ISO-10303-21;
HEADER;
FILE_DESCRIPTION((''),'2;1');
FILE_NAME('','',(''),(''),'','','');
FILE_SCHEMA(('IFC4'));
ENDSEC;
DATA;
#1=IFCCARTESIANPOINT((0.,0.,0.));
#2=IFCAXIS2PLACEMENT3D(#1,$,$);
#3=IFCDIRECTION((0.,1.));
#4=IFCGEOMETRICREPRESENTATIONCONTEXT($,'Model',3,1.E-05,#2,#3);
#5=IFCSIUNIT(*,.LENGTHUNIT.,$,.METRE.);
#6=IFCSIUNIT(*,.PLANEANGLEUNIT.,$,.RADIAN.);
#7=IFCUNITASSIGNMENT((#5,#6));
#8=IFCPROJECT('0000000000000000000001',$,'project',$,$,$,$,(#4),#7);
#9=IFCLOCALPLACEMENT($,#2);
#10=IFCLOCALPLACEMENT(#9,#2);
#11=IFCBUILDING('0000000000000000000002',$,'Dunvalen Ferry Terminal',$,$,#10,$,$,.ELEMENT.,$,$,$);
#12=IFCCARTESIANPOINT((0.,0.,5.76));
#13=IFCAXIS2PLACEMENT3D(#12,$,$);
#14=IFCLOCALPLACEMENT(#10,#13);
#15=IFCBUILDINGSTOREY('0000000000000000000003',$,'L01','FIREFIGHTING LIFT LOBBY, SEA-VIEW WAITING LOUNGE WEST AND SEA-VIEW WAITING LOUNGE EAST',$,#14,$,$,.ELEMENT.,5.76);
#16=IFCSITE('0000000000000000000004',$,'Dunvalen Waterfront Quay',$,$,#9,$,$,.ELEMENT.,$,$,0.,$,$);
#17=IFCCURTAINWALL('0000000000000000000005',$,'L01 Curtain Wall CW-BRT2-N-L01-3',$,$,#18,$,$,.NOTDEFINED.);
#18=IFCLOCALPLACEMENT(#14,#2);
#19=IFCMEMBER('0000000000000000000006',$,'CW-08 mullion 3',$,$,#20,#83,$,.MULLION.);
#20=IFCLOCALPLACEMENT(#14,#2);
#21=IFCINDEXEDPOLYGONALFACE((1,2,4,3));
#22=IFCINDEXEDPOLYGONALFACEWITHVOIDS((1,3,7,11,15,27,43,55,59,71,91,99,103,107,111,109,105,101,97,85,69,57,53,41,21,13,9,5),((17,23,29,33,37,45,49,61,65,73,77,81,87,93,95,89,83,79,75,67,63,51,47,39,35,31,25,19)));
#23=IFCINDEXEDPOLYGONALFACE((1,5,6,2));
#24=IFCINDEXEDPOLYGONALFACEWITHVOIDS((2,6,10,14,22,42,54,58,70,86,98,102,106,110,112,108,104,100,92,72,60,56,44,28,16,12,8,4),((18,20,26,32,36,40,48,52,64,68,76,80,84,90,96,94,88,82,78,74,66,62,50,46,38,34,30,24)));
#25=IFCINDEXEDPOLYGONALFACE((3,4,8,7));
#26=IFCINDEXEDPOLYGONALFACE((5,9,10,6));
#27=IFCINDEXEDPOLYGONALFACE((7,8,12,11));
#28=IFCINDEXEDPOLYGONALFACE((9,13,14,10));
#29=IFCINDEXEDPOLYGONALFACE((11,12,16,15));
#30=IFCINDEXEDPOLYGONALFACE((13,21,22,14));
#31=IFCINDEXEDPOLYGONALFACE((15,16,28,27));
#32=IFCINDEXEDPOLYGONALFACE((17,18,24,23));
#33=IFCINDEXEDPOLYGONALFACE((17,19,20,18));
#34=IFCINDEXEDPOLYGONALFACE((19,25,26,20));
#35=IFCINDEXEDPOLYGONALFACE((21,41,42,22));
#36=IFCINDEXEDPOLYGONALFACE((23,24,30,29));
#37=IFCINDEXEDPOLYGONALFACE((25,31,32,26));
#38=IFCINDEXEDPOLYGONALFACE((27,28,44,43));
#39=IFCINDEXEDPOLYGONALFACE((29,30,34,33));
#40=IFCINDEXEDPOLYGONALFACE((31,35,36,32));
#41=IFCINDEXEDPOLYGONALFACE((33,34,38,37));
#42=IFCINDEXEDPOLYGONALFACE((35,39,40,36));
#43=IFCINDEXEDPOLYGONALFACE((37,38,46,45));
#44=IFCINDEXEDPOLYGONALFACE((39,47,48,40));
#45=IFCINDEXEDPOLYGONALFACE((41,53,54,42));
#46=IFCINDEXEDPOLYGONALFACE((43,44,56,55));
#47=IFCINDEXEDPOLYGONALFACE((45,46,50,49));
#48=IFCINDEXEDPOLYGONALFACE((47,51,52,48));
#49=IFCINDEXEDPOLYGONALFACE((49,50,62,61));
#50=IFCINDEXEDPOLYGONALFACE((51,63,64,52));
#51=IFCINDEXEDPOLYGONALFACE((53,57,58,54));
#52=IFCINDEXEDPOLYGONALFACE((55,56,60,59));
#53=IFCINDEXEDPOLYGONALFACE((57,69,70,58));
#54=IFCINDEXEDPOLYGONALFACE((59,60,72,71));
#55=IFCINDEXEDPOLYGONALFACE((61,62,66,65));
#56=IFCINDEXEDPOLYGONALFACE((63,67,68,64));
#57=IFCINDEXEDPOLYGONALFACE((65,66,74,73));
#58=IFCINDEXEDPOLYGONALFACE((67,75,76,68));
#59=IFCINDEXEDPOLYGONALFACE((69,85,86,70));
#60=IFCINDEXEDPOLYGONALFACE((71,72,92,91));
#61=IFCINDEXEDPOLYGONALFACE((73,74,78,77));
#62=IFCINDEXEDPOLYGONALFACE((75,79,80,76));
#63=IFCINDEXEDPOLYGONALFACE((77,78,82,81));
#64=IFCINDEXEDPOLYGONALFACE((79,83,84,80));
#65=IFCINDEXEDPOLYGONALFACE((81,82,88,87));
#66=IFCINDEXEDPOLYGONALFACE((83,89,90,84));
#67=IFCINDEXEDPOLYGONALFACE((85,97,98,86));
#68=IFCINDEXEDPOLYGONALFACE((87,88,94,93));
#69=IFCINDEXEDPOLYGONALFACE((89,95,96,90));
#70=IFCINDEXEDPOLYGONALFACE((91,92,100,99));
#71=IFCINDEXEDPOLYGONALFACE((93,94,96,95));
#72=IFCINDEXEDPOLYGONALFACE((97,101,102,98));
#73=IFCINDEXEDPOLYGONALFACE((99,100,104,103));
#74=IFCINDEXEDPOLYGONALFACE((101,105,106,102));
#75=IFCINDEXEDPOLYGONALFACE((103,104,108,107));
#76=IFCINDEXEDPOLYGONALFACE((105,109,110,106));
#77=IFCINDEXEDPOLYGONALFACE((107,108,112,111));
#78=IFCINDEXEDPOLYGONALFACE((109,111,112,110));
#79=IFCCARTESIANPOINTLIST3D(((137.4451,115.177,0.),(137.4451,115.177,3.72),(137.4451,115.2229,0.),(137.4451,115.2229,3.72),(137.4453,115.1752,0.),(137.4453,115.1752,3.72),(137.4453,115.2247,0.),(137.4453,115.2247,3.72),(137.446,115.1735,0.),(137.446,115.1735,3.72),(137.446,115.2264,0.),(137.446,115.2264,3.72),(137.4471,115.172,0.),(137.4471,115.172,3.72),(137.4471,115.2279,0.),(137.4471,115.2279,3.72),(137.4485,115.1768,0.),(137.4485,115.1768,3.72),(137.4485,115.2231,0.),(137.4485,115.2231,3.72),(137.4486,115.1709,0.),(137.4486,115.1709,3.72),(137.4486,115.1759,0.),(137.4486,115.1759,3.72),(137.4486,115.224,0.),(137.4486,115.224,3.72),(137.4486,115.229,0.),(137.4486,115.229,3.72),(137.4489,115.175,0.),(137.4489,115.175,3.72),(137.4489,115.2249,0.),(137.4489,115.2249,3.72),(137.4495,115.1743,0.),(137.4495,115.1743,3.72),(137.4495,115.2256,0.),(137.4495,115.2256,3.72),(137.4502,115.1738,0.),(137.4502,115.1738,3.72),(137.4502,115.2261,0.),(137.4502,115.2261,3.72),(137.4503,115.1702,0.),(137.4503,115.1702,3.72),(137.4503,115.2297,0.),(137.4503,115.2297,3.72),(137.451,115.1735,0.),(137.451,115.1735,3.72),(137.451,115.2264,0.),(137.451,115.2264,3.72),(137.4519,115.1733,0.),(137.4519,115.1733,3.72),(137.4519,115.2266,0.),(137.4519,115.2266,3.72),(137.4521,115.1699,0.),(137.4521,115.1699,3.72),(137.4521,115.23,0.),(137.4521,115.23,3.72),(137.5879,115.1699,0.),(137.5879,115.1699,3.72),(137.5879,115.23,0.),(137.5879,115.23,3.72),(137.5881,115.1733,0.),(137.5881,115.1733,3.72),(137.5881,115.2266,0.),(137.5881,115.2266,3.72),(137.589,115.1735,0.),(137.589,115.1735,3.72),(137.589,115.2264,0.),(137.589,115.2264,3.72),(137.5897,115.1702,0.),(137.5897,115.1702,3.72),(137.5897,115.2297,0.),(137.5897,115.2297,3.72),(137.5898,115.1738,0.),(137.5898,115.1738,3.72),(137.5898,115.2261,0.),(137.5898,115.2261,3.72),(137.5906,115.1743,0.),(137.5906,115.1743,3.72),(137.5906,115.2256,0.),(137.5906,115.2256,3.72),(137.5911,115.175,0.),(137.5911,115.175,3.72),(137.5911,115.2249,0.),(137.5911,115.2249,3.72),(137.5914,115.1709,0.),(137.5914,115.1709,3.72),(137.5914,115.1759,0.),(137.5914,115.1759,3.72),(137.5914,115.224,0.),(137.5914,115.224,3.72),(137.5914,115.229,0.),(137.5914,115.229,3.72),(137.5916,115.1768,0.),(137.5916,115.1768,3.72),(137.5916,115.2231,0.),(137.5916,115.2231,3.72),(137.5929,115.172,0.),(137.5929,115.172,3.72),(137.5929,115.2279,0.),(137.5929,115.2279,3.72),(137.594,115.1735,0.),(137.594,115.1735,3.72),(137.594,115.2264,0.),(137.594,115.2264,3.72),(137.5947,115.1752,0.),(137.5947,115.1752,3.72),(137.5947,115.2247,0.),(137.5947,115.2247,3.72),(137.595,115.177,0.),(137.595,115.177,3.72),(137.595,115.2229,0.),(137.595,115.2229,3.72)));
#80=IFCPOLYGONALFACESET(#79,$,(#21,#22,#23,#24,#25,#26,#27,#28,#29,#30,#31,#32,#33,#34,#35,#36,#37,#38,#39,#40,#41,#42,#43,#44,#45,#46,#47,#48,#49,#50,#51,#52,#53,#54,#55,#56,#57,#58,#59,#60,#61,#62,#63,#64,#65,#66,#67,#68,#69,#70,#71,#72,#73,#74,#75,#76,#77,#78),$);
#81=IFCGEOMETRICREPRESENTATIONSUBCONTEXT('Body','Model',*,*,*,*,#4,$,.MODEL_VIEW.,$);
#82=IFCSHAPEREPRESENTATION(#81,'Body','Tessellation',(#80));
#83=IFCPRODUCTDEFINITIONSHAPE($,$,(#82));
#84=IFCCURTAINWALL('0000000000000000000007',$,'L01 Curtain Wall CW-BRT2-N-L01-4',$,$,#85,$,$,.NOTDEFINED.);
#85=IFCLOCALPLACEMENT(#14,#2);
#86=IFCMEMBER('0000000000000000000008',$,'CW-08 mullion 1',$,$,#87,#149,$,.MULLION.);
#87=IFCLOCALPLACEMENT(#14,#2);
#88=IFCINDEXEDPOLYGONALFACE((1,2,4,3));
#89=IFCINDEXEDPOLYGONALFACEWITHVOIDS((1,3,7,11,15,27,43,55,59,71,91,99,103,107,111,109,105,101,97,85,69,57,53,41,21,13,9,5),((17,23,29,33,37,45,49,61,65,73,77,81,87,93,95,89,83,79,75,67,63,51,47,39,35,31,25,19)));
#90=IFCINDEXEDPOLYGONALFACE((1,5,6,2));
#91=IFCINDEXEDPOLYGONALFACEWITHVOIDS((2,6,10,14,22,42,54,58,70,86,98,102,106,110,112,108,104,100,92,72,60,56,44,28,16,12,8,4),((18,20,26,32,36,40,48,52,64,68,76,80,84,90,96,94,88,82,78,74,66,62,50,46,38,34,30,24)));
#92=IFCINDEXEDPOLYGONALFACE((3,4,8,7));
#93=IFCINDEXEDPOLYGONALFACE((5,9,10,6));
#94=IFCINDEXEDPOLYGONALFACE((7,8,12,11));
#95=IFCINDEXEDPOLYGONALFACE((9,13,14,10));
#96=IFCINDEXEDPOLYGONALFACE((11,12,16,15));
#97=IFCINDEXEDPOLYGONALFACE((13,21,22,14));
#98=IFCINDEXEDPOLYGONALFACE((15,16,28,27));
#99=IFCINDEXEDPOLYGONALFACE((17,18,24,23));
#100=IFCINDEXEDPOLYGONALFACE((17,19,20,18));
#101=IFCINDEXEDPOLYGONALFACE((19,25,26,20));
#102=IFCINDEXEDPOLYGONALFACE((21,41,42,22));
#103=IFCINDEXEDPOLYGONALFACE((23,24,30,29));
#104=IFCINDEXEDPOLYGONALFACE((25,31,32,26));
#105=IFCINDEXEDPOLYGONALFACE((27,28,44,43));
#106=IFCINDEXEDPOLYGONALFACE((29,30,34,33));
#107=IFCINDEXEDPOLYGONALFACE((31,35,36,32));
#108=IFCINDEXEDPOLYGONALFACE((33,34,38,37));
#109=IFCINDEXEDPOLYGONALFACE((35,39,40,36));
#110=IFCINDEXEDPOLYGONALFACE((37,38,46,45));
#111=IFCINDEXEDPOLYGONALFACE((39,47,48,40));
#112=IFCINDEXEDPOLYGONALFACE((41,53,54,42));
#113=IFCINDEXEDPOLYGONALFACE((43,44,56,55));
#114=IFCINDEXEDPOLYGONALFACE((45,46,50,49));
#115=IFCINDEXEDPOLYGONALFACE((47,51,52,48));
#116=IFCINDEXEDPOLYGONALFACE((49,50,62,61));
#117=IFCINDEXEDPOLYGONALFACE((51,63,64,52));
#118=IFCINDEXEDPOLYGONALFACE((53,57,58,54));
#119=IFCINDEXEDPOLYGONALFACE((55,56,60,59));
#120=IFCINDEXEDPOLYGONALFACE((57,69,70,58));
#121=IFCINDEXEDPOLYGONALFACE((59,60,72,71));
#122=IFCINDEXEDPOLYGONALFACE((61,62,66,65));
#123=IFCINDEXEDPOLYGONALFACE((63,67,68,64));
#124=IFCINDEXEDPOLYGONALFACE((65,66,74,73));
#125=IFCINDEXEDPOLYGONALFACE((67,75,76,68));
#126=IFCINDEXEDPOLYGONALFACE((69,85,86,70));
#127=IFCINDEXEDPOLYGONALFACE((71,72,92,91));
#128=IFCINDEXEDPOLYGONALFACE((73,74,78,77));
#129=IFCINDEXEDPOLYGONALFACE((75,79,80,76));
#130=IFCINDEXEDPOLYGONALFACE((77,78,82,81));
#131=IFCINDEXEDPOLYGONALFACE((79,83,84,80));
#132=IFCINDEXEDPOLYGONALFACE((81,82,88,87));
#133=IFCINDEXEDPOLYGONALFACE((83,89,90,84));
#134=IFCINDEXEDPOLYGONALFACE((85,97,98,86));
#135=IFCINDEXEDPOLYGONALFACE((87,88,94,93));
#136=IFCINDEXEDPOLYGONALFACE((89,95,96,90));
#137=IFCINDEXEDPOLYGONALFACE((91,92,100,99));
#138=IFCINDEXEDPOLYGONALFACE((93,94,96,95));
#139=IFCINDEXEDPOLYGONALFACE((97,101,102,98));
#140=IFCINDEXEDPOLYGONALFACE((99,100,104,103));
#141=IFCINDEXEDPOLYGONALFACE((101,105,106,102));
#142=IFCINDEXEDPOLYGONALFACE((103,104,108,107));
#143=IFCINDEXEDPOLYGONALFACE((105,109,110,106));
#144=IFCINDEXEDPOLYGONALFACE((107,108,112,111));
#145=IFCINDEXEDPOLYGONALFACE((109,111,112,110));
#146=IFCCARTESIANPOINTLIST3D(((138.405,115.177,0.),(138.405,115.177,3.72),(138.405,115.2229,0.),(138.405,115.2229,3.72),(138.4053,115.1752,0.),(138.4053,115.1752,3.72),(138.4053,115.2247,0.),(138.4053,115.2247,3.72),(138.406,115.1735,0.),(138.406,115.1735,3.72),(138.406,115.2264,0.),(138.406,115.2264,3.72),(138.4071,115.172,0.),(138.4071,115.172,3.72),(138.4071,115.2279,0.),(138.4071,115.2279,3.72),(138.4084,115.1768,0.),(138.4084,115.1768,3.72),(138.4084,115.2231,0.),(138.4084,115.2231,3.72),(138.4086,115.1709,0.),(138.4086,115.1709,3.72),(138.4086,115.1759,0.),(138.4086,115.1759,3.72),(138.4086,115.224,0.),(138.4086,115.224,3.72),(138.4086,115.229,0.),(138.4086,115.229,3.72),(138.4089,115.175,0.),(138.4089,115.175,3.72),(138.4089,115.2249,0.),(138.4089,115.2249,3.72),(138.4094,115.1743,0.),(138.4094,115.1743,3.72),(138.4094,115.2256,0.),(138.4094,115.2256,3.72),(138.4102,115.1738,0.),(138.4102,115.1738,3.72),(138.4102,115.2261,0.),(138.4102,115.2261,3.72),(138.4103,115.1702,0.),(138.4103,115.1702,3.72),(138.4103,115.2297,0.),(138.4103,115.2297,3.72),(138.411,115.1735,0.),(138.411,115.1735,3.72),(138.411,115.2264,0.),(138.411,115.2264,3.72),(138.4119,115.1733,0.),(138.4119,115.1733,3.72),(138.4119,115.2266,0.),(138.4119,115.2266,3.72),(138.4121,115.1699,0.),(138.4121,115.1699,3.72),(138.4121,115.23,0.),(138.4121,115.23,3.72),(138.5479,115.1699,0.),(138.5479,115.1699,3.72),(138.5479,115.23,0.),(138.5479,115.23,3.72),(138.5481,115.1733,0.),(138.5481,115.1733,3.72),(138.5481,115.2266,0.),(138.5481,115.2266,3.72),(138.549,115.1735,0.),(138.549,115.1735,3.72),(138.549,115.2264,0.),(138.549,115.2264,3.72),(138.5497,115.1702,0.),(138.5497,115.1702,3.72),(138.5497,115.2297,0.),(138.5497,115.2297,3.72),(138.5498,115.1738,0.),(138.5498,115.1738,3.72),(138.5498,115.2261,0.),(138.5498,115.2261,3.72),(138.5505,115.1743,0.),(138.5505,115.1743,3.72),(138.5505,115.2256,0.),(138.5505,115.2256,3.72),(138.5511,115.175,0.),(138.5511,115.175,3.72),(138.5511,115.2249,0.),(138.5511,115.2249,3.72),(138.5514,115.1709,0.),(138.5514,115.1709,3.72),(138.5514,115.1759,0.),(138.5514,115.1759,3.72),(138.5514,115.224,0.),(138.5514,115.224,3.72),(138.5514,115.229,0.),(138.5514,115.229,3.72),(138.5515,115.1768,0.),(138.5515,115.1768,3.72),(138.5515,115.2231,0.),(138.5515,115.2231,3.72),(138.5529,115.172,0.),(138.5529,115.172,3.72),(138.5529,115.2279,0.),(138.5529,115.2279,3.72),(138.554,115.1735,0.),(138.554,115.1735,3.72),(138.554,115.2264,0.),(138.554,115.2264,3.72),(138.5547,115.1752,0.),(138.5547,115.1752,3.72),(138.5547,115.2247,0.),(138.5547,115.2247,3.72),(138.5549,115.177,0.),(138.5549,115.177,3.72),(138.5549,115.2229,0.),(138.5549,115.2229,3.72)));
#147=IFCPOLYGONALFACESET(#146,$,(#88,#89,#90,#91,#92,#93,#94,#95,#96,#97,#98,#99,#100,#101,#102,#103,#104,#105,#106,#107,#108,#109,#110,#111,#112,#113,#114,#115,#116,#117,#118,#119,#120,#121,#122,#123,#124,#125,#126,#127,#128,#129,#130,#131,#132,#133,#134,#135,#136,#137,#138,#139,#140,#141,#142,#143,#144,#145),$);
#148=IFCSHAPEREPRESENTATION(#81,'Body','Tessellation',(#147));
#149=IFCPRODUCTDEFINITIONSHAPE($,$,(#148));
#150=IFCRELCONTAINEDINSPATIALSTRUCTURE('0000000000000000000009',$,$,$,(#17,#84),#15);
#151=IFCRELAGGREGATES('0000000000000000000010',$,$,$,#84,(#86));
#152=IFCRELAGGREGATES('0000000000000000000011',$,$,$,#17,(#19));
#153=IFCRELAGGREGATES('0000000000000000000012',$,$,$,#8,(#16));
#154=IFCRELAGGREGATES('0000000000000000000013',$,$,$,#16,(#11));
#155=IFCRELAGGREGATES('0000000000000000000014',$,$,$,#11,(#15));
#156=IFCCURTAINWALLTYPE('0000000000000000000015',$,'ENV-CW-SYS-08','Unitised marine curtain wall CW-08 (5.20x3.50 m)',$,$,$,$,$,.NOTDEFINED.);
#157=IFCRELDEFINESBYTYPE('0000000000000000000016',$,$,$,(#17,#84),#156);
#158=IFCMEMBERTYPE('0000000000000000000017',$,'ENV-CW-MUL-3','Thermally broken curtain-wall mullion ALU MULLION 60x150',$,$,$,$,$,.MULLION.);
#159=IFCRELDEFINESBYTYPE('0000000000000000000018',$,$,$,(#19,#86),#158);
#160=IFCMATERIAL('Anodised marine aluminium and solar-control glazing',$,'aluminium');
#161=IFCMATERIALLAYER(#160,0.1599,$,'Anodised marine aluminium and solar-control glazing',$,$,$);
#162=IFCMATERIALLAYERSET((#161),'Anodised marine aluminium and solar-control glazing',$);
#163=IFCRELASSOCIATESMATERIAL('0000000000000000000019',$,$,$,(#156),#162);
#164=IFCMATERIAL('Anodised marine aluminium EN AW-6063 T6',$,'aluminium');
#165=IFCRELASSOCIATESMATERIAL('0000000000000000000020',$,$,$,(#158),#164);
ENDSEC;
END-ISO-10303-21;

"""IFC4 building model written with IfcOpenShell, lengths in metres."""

from ifc_helpers import new_model, si_unit, direction, frame, origin, origin_2d, place, context, subcontext, project, spatial, hollow_rectangle, extrude, material, layer, layer_set, material_profile, profile_set, type_object, element, aggregate, save


model = new_model("IFC4")

# Units and contexts
model_context = context("Model", 3, precision=1e-05, world=origin(), true_north=direction((0.0, 1.0)))
body_context = subcontext(model_context, "Body", "Model", "MODEL_VIEW")
ifc_project = project(units=[si_unit("LENGTHUNIT", "METRE"), si_unit("PLANEANGLEUNIT", "RADIAN")], contexts=[model_context])

# Site, building, storey
site_placement = place(None, origin())
site = spatial("IfcSite", under=ifc_project, at=site_placement, Name="Dunvalen Waterfront Quay", CompositionType="ELEMENT", RefElevation=0.0)
building_placement = place(site_placement, origin())
building = spatial("IfcBuilding", under=site, at=building_placement, Name="Dunvalen Ferry Terminal", CompositionType="ELEMENT")
storey_placement = place(building_placement, frame((0.0, 0.0, 5.76)))
storey = spatial("IfcBuildingStorey", under=building, at=storey_placement, Name="L01", Description="FIREFIGHTING LIFT LOBBY, SEA-VIEW WAITING LOUNGE WEST AND SEA-VIEW WAITING LOUNGE EAST", CompositionType="ELEMENT", Elevation=5.76)

# Curtain wall, member
ifc_material_1 = material(Name="Anodised marine aluminium and solar-control glazing", Category="aluminium")
ifc_layer_1 = layer(ifc_material_1, 0.1599, Name="Anodised marine aluminium and solar-control glazing")
ifc_layer_set_1 = layer_set([ifc_layer_1], Name="Anodised marine aluminium and solar-control glazing")
curtain_wall_type = type_object("IfcCurtainWallType", Name="ENV-CW-SYS-08", Description="Unitised marine curtain wall CW-08 (5.20x3.50 m)", PredefinedType="NOTDEFINED", material=ifc_layer_set_1)
curtain_wall_1_placement = place(storey_placement, origin())
curtain_wall_1 = element("IfcCurtainWall", 1, at=curtain_wall_1_placement, inside=storey, type_object=curtain_wall_type, Name="L01 Curtain Wall CW-BRT2-N-L01-3", PredefinedType="NOTDEFINED")
ifc_material_2 = material(Name="Anodised marine aluminium EN AW-6063 T6", Category="aluminium")
ifc_material_profile_1 = material_profile(ifc_material_2, hollow_rectangle(XDim=0.0601, YDim=0.1499, WallThickness=0.0034, InnerFilletRadius=0.0034, OuterFilletRadius=0.0071, at=origin_2d()), Name="Anodised marine aluminium EN AW-6063 T6")
ifc_profile_set_1 = profile_set([ifc_material_profile_1], Name="Anodised marine aluminium EN AW-6063 T6")
member_type_1 = type_object("IfcMemberType", Name="ENV-CW-MUL-3", Description="Thermally broken curtain-wall mullion ALU MULLION 60x150", PredefinedType="MULLION", material=ifc_profile_set_1)
member_1_placement = place(storey_placement, frame((137.52, 115.2, 0.0), z_axis=(0.0, 0.0, 1.0), x_axis=(0.0, 1.0, 0.0)))
member_1 = element("IfcMember", 2, at=member_1_placement, type_object=member_type_1, Name="CW-08 mullion 3", PredefinedType="MULLION", context=body_context, shape_type="SweptSolid", body=[
    extrude(hollow_rectangle(XDim=0.0601, YDim=0.1499, WallThickness=0.0034, InnerFilletRadius=0.0034, OuterFilletRadius=0.0071, at=origin_2d()), origin(), (0.0, 0.0, 1.0), 3.72),
])

# Curtain wall, member
curtain_wall_2_placement = place(storey_placement, origin())
curtain_wall_2 = element("IfcCurtainWall", 3, at=curtain_wall_2_placement, inside=storey, type_object=curtain_wall_type, Name="L01 Curtain Wall CW-BRT2-N-L01-4", PredefinedType="NOTDEFINED")
member_2_placement = place(storey_placement, frame((138.48, 115.2, 0.0), z_axis=(0.0, 0.0, 1.0), x_axis=(0.0, 1.0, 0.0)))
member_2 = element("IfcMember", 4, at=member_2_placement, type_object=member_type_1, Name="CW-08 mullion 1", PredefinedType="MULLION", context=body_context, shape_type="SweptSolid", body=[
    extrude(hollow_rectangle(XDim=0.0601, YDim=0.1499, WallThickness=0.0034, InnerFilletRadius=0.0034, OuterFilletRadius=0.0071, at=origin_2d()), origin(), (0.0, 0.0, 1.0), 3.72),
])

aggregate(curtain_wall_2, [member_2])

aggregate(curtain_wall_1, [member_1])

save(model, "model.ifc")
